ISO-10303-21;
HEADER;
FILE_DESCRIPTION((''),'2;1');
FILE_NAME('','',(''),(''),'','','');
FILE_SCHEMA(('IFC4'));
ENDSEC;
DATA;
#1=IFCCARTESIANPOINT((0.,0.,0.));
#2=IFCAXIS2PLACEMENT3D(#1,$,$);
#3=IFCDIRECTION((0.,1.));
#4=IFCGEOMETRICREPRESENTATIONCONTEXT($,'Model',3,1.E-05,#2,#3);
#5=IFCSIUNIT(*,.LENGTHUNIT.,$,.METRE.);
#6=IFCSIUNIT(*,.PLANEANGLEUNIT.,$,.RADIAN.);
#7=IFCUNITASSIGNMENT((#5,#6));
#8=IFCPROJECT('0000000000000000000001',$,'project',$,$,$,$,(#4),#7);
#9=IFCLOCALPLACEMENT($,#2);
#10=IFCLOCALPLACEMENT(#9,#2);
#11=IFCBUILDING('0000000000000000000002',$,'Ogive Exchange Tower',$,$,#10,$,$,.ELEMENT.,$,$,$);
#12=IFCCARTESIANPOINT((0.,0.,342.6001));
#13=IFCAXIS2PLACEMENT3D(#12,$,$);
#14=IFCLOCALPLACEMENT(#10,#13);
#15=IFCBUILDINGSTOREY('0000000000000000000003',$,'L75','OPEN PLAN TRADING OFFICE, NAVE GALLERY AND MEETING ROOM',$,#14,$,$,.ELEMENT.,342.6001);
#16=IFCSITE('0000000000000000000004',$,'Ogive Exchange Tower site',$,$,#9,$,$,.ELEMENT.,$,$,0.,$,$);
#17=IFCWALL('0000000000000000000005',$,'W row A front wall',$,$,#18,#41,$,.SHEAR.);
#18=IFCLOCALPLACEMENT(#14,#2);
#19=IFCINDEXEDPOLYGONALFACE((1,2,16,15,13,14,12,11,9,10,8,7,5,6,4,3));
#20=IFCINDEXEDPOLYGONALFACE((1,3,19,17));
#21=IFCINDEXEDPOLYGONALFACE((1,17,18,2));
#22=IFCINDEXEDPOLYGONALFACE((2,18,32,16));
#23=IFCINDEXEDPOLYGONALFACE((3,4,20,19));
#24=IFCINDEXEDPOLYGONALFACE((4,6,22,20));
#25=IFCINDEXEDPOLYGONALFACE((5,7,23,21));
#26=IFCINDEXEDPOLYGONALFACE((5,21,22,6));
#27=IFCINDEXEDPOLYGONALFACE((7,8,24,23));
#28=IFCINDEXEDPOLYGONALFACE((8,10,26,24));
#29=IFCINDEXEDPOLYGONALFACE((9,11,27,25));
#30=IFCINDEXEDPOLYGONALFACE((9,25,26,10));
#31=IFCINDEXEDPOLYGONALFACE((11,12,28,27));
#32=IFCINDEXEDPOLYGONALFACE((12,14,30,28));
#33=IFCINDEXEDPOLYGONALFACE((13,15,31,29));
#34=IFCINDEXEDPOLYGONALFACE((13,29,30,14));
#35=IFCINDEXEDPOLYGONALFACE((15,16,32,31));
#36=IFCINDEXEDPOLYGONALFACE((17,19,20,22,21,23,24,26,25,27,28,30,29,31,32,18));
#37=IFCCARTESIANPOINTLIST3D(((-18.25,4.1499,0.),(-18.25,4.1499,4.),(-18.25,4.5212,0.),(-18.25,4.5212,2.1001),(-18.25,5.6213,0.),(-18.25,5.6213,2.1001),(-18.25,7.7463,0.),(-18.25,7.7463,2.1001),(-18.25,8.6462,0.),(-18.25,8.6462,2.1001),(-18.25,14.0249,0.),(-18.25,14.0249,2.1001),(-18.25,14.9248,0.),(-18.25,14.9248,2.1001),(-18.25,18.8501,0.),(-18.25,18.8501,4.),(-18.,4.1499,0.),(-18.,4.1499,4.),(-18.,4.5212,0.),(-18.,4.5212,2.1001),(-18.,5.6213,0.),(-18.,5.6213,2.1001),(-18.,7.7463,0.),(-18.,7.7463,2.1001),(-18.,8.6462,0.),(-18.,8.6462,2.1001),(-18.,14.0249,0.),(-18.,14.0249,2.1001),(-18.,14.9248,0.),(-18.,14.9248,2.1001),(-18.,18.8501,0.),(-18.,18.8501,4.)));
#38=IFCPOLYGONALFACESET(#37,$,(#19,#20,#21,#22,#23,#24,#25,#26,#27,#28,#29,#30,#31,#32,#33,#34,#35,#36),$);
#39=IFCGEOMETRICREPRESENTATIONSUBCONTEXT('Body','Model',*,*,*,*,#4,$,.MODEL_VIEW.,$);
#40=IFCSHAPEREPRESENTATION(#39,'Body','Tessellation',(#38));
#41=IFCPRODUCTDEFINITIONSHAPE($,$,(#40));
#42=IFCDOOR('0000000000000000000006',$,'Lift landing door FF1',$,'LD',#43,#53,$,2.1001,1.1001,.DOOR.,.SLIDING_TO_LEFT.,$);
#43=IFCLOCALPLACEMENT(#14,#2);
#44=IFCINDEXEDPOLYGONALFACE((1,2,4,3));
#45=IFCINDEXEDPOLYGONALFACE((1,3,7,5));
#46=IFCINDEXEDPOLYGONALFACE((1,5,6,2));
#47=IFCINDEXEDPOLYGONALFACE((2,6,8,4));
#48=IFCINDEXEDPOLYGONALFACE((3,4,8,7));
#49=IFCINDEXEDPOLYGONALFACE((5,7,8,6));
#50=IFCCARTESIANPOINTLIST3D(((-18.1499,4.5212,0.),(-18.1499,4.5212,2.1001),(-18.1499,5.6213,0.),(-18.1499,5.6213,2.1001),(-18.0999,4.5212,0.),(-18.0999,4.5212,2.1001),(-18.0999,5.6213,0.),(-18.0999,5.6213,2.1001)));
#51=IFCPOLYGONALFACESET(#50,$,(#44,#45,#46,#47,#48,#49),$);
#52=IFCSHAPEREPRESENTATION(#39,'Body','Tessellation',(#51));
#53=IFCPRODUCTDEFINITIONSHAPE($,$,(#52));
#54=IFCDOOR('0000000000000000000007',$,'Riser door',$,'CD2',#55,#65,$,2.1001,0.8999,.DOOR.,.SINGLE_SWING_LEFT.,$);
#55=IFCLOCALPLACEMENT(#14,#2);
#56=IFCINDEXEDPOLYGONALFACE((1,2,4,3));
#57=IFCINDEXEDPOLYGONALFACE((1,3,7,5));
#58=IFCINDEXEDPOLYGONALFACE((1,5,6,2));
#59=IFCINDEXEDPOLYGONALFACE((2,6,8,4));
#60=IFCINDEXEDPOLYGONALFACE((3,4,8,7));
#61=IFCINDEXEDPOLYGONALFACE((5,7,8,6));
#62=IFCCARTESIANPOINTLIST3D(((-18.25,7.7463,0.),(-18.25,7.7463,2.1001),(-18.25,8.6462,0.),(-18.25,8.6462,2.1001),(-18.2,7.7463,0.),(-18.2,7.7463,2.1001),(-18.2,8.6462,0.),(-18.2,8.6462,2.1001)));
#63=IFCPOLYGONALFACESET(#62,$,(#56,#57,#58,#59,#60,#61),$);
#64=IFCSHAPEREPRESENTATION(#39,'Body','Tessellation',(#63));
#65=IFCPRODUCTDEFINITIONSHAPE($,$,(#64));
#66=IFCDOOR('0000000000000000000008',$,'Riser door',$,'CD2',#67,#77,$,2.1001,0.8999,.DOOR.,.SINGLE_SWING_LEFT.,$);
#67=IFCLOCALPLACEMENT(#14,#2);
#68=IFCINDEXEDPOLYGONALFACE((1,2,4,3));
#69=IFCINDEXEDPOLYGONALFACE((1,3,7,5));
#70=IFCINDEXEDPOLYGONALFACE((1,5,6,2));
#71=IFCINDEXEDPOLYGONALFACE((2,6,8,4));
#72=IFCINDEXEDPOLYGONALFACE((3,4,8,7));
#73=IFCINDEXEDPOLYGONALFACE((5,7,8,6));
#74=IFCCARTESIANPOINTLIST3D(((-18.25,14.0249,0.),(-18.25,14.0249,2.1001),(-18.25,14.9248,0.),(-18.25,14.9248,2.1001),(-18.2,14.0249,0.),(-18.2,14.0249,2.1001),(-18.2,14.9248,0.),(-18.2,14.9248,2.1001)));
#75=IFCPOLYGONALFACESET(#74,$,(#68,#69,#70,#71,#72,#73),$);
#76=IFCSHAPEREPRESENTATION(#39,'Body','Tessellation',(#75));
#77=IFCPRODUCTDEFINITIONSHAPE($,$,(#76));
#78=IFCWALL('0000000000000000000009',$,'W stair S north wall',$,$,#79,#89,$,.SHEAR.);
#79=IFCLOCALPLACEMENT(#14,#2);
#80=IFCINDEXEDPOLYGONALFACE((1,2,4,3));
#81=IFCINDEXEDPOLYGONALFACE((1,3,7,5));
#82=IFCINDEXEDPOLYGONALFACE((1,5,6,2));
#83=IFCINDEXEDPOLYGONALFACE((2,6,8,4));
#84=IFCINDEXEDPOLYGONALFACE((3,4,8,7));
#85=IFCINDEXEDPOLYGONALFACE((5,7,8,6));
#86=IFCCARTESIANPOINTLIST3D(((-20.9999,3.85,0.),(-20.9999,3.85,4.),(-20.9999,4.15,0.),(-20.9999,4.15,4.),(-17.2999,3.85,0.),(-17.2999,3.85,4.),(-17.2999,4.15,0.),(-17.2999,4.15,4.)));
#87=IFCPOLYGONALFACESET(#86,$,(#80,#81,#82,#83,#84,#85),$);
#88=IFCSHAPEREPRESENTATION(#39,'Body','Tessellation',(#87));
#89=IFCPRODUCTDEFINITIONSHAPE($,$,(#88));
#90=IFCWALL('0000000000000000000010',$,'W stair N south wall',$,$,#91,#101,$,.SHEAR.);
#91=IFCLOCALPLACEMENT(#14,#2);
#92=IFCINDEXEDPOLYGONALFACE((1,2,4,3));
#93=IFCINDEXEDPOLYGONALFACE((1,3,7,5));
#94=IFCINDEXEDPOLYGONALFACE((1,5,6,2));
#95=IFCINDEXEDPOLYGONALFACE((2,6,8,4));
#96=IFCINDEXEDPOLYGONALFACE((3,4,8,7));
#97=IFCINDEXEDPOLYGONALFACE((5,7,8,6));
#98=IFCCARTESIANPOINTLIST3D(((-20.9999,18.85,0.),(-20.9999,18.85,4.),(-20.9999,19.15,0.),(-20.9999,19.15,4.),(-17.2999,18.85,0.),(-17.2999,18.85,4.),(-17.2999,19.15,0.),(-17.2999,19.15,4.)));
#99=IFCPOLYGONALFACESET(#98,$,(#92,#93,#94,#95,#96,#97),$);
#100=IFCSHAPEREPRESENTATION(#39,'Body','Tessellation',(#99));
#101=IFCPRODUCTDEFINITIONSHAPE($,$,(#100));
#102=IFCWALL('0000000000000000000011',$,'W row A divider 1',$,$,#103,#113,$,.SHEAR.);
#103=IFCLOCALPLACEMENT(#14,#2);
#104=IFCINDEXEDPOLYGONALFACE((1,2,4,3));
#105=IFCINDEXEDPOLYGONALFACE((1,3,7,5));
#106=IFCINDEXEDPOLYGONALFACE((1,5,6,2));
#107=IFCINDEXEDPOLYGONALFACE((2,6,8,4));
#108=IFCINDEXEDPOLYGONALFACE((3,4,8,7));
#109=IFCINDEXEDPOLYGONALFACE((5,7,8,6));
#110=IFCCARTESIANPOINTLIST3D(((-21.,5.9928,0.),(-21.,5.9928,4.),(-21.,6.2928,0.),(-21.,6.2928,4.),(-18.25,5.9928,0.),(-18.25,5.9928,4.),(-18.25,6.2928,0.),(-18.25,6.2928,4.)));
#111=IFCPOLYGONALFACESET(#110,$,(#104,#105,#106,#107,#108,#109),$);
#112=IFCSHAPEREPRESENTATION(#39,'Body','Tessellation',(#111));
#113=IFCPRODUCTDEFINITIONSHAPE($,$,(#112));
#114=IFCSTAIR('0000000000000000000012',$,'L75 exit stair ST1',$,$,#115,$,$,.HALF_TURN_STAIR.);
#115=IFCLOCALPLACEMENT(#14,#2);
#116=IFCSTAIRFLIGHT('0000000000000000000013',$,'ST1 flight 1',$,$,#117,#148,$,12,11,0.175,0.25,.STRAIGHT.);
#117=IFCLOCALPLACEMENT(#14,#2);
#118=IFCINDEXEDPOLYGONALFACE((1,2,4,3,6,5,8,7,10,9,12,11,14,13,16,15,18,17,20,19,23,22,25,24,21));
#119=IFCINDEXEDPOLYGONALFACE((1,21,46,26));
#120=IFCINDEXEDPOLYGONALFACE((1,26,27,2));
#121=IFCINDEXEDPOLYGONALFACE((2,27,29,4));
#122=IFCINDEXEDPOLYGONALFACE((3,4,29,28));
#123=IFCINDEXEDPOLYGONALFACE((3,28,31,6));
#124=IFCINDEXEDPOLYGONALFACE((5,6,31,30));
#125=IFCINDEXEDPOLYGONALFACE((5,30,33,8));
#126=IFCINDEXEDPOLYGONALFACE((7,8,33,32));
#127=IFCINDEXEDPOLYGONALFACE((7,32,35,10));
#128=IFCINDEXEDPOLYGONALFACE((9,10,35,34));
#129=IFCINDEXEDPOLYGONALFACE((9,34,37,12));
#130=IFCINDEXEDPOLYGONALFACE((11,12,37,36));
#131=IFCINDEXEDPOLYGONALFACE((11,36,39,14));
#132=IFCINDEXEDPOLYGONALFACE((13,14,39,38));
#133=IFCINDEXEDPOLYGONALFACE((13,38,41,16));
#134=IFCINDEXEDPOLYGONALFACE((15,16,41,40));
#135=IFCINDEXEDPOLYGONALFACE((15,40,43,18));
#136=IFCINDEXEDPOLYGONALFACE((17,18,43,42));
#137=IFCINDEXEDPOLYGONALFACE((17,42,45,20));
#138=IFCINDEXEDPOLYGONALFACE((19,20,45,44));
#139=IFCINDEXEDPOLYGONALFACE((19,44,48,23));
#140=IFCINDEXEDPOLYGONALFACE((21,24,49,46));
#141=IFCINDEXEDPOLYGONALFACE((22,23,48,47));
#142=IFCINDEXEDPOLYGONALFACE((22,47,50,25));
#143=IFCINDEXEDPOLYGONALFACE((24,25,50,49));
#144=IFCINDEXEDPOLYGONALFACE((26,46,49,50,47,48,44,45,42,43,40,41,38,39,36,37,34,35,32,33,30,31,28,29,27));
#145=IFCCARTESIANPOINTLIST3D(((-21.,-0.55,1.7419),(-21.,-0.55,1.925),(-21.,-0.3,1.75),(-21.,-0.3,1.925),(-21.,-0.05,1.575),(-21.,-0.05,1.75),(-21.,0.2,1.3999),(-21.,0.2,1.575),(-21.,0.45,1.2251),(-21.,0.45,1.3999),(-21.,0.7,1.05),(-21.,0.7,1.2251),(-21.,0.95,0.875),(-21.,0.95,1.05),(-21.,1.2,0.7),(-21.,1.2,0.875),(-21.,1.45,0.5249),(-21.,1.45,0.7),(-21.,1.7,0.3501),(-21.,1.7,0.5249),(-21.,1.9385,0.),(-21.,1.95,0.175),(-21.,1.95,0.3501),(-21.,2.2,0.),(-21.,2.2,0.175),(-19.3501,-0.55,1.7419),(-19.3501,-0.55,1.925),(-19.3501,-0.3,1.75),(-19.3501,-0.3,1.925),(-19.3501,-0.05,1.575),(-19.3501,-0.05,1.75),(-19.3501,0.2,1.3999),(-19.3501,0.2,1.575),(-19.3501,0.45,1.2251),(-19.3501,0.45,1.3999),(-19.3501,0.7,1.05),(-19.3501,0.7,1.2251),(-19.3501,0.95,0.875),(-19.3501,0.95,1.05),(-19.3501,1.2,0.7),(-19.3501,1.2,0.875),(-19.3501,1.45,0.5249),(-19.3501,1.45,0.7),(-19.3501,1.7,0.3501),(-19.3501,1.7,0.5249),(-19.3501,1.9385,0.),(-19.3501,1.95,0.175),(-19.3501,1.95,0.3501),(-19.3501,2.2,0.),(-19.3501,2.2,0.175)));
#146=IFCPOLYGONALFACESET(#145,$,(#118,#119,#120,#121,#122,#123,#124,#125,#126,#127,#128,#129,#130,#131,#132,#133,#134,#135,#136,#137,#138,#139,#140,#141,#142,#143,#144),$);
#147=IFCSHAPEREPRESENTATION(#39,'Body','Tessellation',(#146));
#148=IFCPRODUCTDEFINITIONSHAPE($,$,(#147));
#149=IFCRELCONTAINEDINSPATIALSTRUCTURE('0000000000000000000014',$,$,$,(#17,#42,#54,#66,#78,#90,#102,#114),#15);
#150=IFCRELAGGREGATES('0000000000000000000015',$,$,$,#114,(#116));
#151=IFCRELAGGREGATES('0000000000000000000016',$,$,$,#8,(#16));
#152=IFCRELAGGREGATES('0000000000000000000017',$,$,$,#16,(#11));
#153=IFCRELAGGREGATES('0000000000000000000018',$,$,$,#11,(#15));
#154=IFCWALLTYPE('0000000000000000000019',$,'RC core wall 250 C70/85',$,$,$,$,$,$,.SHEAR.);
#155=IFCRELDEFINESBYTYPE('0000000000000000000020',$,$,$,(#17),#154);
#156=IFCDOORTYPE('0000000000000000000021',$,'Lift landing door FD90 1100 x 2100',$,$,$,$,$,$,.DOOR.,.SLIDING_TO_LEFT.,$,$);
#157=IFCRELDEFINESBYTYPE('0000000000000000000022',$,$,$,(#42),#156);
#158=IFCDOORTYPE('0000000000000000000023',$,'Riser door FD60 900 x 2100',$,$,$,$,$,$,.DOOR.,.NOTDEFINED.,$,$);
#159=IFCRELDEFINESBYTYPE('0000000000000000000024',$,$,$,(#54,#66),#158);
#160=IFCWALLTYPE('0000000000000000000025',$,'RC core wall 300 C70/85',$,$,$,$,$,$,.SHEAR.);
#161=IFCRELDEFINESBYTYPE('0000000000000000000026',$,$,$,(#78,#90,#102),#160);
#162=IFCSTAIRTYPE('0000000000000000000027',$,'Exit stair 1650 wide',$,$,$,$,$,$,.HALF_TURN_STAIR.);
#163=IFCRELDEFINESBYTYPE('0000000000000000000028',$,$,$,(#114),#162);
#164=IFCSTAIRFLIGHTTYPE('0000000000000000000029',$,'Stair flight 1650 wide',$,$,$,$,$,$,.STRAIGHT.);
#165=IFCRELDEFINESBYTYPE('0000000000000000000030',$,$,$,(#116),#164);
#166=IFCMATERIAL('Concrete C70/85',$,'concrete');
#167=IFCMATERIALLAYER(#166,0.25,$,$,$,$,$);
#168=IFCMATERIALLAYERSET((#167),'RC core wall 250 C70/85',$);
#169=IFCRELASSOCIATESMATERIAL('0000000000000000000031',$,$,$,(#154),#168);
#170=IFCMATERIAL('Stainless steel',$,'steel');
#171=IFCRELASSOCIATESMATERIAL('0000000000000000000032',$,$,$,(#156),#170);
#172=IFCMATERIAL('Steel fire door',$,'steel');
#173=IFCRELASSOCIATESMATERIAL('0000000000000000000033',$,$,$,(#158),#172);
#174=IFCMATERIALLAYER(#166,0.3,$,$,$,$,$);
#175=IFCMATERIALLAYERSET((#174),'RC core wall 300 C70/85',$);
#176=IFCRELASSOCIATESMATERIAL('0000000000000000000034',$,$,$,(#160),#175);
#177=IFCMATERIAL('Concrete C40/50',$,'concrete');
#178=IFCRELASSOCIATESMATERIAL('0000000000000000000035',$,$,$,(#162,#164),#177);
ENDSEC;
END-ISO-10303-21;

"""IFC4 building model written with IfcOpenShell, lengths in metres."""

from ifc_helpers import new_model, si_unit, direction, frame, frame_2d, origin, place, context, subcontext, project, spatial, polyline, rectangle, outline, extrude, material, layer, layer_set, type_object, element, fill, aggregate, save


model = new_model("IFC4")

# Units and contexts
model_context = context("Model", 3, precision=1e-05, world=origin(), true_north=direction((0.0, 1.0)))
body_context = subcontext(model_context, "Body", "Model", "MODEL_VIEW")
ifc_project = project(units=[si_unit("LENGTHUNIT", "METRE"), si_unit("PLANEANGLEUNIT", "RADIAN")], contexts=[model_context])

# Site, building, storey
site_placement = place(None, origin())
site = spatial("IfcSite", under=ifc_project, at=site_placement, Name="Ogive Exchange Tower site", CompositionType="ELEMENT", RefElevation=0.0)
building_placement = place(site_placement, origin())
building = spatial("IfcBuilding", under=site, at=building_placement, Name="Ogive Exchange Tower", CompositionType="ELEMENT")
storey_placement = place(building_placement, frame((0.0, 0.0, 342.6001)))
storey = spatial("IfcBuildingStorey", under=building, at=storey_placement, Name="L75", Description="OPEN PLAN TRADING OFFICE, NAVE GALLERY AND MEETING ROOM", CompositionType="ELEMENT", Elevation=342.6001)

# Wall, openings, doors
ifc_material_1 = material(Name="Concrete C70/85", Category="concrete")
ifc_layer_1 = layer(ifc_material_1, 0.25)
ifc_layer_set_1 = layer_set([ifc_layer_1], Name="RC core wall 250 C70/85")
wall_type_1 = type_object("IfcWallType", Name="RC core wall 250 C70/85", PredefinedType="SHEAR", material=ifc_layer_set_1)
wall_1_placement = place(storey_placement, frame((-18.125, 4.1499, 0.0), z_axis=(0.0, 0.0, 1.0), x_axis=(0.0, 1.0, 0.0)))
wall_1 = element("IfcWall", 1, at=wall_1_placement, inside=storey, type_object=wall_type_1, Name="W row A front wall", PredefinedType="SHEAR", context=body_context, shape_type="SweptSolid", body=[
    extrude(rectangle(XDim=14.7002, YDim=0.25, at=frame_2d((7.3501, 0.0))), origin(), (0.0, 0.0, 1.0), 4.0),
])
opening_1_placement = place(wall_1_placement, frame((3.5964, 0.0, 0.0)))
opening_1 = element("IfcOpeningElement", 2, at=opening_1_placement, cuts=wall_1, PredefinedType="OPENING", context=body_context, shape_type="SweptSolid", body=[
    extrude(rectangle(XDim=0.8999, YDim=2.1001, at=frame_2d((0.45, 1.05))), frame((0.0, 0.135, 0.0), z_axis=(0.0, -1.0, 0.0), x_axis=(1.0, 0.0, 0.0)), (0.0, 0.0, 1.0), 0.27),
])
opening_2_placement = place(wall_1_placement, frame((9.875, 0.0, 0.0)))
opening_2 = element("IfcOpeningElement", 3, at=opening_2_placement, cuts=wall_1, PredefinedType="OPENING", context=body_context, shape_type="SweptSolid", body=[
    extrude(rectangle(XDim=0.8999, YDim=2.1001, at=frame_2d((0.45, 1.05))), frame((0.0, 0.135, 0.0), z_axis=(0.0, -1.0, 0.0), x_axis=(1.0, 0.0, 0.0)), (0.0, 0.0, 1.0), 0.27),
])
opening_3_placement = place(wall_1_placement, frame((0.3713, 0.0, 0.0)))
opening_3 = element("IfcOpeningElement", 4, at=opening_3_placement, cuts=wall_1, PredefinedType="OPENING", context=body_context, shape_type="SweptSolid", body=[
    extrude(rectangle(XDim=1.1001, YDim=2.1001, at=frame_2d((0.55, 1.05))), frame((0.0, 0.135, 0.0), z_axis=(0.0, -1.0, 0.0), x_axis=(1.0, 0.0, 0.0)), (0.0, 0.0, 1.0), 0.27),
])
ifc_material_2 = material(Name="Stainless steel", Category="steel")
door_type_1 = type_object("IfcDoorType", Name="Lift landing door FD90 1100 x 2100", OperationType="SLIDING_TO_LEFT", PredefinedType="DOOR", material=ifc_material_2)
door_1_placement = place(opening_3_placement, origin())
door_1 = element("IfcDoor", 5, at=door_1_placement, inside=storey, type_object=door_type_1, Name="Lift landing door FF1", ObjectType="LD", OperationType="SLIDING_TO_LEFT", OverallHeight=2.1001, OverallWidth=1.1001, PredefinedType="DOOR", context=body_context, shape_type="SweptSolid", body=[
    extrude(rectangle(XDim=1.1001, YDim=2.1001, at=frame_2d((0.55, 1.05))), frame((0.0, 0.0249, 0.0), z_axis=(0.0, -1.0, 0.0), x_axis=(1.0, 0.0, 0.0)), (0.0, 0.0, 1.0), 0.05),
])
fill(opening_3, door_1)
ifc_material_3 = material(Name="Steel fire door", Category="steel")
door_type_2 = type_object("IfcDoorType", Name="Riser door FD60 900 x 2100", OperationType="NOTDEFINED", PredefinedType="DOOR", material=ifc_material_3)
door_2_placement = place(opening_1_placement, origin())
door_2 = element("IfcDoor", 6, at=door_2_placement, inside=storey, type_object=door_type_2, Name="Riser door", ObjectType="CD2", OperationType="SINGLE_SWING_LEFT", OverallHeight=2.1001, OverallWidth=0.8999, PredefinedType="DOOR", context=body_context, shape_type="SweptSolid", body=[
    extrude(rectangle(XDim=0.8999, YDim=2.1001, at=frame_2d((0.45, 1.05))), frame((0.0, 0.125, 0.0), z_axis=(0.0, -1.0, 0.0), x_axis=(1.0, 0.0, 0.0)), (0.0, 0.0, 1.0), 0.05),
])
fill(opening_1, door_2)
door_3_placement = place(opening_2_placement, origin())
door_3 = element("IfcDoor", 7, at=door_3_placement, inside=storey, type_object=door_type_2, Name="Riser door", ObjectType="CD2", OperationType="SINGLE_SWING_LEFT", OverallHeight=2.1001, OverallWidth=0.8999, PredefinedType="DOOR", context=body_context, shape_type="SweptSolid", body=[
    extrude(rectangle(XDim=0.8999, YDim=2.1001, at=frame_2d((0.45, 1.05))), frame((0.0, 0.125, 0.0), z_axis=(0.0, -1.0, 0.0), x_axis=(1.0, 0.0, 0.0)), (0.0, 0.0, 1.0), 0.05),
])
fill(opening_2, door_3)

# Walls
ifc_layer_2 = layer(ifc_material_1, 0.3)
ifc_layer_set_2 = layer_set([ifc_layer_2], Name="RC core wall 300 C70/85")
wall_type_2 = type_object("IfcWallType", Name="RC core wall 300 C70/85", PredefinedType="SHEAR", material=ifc_layer_set_2)
for number, where, z_axis, x_axis, name in (
    (8, (-21.0, 4.0, 0.0), (0.0, 0.0, 1.0), (1.0, 0.0, 0.0), "W stair S north wall"),
    (9, (-21.0, 19.0, 0.0), (0.0, 0.0, 1.0), (1.0, 0.0, 0.0), "W stair N south wall"),
):
    element("IfcWall", number, at=place(storey_placement, frame(where, z_axis=z_axis, x_axis=x_axis)), inside=storey, type_object=wall_type_2, Name=name, PredefinedType="SHEAR", context=body_context, shape_type="SweptSolid", body=[
        extrude(rectangle(XDim=3.7, YDim=0.3, at=frame_2d((1.8501, 0.0))), origin(), (0.0, 0.0, 1.0), 4.0),
    ])
wall_2_placement = place(storey_placement, frame((-21.0, 6.1428, 0.0), z_axis=(0.0, 0.0, 1.0), x_axis=(1.0, 0.0, 0.0)))
element("IfcWall", 10, at=wall_2_placement, inside=storey, type_object=wall_type_2, Name="W row A divider 1", PredefinedType="SHEAR", context=body_context, shape_type="SweptSolid", body=[
    extrude(rectangle(XDim=2.75, YDim=0.3, at=frame_2d((1.375, 0.0))), origin(), (0.0, 0.0, 1.0), 4.0),
])

# Stair, stair flight
ifc_material_4 = material(Name="Concrete C40/50", Category="concrete")
stair_type = type_object("IfcStairType", Name="Exit stair 1650 wide", PredefinedType="HALF_TURN_STAIR", material=ifc_material_4)
stair_1_placement = place(storey_placement, origin())
stair_1 = element("IfcStair", 11, at=stair_1_placement, inside=storey, type_object=stair_type, Name="L75 exit stair ST1", PredefinedType="HALF_TURN_STAIR")
stair_flight_type = type_object("IfcStairFlightType", Name="Stair flight 1650 wide", PredefinedType="STRAIGHT", material=ifc_material_4)
stair_flight_1_placement = place(storey_placement, frame((-20.175, 2.2, 0.0), z_axis=(0.0, 0.0, 1.0), x_axis=(0.0, -1.0, 0.0)))
stair_flight_1 = element("IfcStairFlight", 12, at=stair_flight_1_placement, type_object=stair_flight_type, Name="ST1 flight 1", NumberOfRisers=12, NumberOfTreads=11, PredefinedType="STRAIGHT", RiserHeight=0.175, TreadLength=0.25, context=body_context, shape_type="SweptSolid", body=[
    extrude(outline(polyline([(0.0, 0.0), (0.0, 0.175), (0.25, 0.175), (0.25, 0.3501), (0.5, 0.3501), (0.5, 0.5249), (0.75, 0.5249), (0.75, 0.7), (1.0, 0.7), (1.0, 0.875), (1.25, 0.875), (1.25, 1.05), (1.5, 1.05), (1.5, 1.2251), (1.75, 1.2251), (1.75, 1.3999), (2.0, 1.3999), (2.0, 1.575), (2.25, 1.575), (2.25, 1.75), (2.5, 1.75), (2.5, 1.925), (2.75, 1.925), (2.75, 2.1001), (2.75, 1.7419), (0.2615, 0.0), (0.0, 0.0)])), frame((0.0, 0.825, 0.0), z_axis=(0.0, -1.0, 0.0), x_axis=(1.0, 0.0, 0.0)), (0.0, 0.0, 1.0), 1.6499),
])
aggregate(stair_1, [stair_flight_1])

save(model, "model.ifc")
